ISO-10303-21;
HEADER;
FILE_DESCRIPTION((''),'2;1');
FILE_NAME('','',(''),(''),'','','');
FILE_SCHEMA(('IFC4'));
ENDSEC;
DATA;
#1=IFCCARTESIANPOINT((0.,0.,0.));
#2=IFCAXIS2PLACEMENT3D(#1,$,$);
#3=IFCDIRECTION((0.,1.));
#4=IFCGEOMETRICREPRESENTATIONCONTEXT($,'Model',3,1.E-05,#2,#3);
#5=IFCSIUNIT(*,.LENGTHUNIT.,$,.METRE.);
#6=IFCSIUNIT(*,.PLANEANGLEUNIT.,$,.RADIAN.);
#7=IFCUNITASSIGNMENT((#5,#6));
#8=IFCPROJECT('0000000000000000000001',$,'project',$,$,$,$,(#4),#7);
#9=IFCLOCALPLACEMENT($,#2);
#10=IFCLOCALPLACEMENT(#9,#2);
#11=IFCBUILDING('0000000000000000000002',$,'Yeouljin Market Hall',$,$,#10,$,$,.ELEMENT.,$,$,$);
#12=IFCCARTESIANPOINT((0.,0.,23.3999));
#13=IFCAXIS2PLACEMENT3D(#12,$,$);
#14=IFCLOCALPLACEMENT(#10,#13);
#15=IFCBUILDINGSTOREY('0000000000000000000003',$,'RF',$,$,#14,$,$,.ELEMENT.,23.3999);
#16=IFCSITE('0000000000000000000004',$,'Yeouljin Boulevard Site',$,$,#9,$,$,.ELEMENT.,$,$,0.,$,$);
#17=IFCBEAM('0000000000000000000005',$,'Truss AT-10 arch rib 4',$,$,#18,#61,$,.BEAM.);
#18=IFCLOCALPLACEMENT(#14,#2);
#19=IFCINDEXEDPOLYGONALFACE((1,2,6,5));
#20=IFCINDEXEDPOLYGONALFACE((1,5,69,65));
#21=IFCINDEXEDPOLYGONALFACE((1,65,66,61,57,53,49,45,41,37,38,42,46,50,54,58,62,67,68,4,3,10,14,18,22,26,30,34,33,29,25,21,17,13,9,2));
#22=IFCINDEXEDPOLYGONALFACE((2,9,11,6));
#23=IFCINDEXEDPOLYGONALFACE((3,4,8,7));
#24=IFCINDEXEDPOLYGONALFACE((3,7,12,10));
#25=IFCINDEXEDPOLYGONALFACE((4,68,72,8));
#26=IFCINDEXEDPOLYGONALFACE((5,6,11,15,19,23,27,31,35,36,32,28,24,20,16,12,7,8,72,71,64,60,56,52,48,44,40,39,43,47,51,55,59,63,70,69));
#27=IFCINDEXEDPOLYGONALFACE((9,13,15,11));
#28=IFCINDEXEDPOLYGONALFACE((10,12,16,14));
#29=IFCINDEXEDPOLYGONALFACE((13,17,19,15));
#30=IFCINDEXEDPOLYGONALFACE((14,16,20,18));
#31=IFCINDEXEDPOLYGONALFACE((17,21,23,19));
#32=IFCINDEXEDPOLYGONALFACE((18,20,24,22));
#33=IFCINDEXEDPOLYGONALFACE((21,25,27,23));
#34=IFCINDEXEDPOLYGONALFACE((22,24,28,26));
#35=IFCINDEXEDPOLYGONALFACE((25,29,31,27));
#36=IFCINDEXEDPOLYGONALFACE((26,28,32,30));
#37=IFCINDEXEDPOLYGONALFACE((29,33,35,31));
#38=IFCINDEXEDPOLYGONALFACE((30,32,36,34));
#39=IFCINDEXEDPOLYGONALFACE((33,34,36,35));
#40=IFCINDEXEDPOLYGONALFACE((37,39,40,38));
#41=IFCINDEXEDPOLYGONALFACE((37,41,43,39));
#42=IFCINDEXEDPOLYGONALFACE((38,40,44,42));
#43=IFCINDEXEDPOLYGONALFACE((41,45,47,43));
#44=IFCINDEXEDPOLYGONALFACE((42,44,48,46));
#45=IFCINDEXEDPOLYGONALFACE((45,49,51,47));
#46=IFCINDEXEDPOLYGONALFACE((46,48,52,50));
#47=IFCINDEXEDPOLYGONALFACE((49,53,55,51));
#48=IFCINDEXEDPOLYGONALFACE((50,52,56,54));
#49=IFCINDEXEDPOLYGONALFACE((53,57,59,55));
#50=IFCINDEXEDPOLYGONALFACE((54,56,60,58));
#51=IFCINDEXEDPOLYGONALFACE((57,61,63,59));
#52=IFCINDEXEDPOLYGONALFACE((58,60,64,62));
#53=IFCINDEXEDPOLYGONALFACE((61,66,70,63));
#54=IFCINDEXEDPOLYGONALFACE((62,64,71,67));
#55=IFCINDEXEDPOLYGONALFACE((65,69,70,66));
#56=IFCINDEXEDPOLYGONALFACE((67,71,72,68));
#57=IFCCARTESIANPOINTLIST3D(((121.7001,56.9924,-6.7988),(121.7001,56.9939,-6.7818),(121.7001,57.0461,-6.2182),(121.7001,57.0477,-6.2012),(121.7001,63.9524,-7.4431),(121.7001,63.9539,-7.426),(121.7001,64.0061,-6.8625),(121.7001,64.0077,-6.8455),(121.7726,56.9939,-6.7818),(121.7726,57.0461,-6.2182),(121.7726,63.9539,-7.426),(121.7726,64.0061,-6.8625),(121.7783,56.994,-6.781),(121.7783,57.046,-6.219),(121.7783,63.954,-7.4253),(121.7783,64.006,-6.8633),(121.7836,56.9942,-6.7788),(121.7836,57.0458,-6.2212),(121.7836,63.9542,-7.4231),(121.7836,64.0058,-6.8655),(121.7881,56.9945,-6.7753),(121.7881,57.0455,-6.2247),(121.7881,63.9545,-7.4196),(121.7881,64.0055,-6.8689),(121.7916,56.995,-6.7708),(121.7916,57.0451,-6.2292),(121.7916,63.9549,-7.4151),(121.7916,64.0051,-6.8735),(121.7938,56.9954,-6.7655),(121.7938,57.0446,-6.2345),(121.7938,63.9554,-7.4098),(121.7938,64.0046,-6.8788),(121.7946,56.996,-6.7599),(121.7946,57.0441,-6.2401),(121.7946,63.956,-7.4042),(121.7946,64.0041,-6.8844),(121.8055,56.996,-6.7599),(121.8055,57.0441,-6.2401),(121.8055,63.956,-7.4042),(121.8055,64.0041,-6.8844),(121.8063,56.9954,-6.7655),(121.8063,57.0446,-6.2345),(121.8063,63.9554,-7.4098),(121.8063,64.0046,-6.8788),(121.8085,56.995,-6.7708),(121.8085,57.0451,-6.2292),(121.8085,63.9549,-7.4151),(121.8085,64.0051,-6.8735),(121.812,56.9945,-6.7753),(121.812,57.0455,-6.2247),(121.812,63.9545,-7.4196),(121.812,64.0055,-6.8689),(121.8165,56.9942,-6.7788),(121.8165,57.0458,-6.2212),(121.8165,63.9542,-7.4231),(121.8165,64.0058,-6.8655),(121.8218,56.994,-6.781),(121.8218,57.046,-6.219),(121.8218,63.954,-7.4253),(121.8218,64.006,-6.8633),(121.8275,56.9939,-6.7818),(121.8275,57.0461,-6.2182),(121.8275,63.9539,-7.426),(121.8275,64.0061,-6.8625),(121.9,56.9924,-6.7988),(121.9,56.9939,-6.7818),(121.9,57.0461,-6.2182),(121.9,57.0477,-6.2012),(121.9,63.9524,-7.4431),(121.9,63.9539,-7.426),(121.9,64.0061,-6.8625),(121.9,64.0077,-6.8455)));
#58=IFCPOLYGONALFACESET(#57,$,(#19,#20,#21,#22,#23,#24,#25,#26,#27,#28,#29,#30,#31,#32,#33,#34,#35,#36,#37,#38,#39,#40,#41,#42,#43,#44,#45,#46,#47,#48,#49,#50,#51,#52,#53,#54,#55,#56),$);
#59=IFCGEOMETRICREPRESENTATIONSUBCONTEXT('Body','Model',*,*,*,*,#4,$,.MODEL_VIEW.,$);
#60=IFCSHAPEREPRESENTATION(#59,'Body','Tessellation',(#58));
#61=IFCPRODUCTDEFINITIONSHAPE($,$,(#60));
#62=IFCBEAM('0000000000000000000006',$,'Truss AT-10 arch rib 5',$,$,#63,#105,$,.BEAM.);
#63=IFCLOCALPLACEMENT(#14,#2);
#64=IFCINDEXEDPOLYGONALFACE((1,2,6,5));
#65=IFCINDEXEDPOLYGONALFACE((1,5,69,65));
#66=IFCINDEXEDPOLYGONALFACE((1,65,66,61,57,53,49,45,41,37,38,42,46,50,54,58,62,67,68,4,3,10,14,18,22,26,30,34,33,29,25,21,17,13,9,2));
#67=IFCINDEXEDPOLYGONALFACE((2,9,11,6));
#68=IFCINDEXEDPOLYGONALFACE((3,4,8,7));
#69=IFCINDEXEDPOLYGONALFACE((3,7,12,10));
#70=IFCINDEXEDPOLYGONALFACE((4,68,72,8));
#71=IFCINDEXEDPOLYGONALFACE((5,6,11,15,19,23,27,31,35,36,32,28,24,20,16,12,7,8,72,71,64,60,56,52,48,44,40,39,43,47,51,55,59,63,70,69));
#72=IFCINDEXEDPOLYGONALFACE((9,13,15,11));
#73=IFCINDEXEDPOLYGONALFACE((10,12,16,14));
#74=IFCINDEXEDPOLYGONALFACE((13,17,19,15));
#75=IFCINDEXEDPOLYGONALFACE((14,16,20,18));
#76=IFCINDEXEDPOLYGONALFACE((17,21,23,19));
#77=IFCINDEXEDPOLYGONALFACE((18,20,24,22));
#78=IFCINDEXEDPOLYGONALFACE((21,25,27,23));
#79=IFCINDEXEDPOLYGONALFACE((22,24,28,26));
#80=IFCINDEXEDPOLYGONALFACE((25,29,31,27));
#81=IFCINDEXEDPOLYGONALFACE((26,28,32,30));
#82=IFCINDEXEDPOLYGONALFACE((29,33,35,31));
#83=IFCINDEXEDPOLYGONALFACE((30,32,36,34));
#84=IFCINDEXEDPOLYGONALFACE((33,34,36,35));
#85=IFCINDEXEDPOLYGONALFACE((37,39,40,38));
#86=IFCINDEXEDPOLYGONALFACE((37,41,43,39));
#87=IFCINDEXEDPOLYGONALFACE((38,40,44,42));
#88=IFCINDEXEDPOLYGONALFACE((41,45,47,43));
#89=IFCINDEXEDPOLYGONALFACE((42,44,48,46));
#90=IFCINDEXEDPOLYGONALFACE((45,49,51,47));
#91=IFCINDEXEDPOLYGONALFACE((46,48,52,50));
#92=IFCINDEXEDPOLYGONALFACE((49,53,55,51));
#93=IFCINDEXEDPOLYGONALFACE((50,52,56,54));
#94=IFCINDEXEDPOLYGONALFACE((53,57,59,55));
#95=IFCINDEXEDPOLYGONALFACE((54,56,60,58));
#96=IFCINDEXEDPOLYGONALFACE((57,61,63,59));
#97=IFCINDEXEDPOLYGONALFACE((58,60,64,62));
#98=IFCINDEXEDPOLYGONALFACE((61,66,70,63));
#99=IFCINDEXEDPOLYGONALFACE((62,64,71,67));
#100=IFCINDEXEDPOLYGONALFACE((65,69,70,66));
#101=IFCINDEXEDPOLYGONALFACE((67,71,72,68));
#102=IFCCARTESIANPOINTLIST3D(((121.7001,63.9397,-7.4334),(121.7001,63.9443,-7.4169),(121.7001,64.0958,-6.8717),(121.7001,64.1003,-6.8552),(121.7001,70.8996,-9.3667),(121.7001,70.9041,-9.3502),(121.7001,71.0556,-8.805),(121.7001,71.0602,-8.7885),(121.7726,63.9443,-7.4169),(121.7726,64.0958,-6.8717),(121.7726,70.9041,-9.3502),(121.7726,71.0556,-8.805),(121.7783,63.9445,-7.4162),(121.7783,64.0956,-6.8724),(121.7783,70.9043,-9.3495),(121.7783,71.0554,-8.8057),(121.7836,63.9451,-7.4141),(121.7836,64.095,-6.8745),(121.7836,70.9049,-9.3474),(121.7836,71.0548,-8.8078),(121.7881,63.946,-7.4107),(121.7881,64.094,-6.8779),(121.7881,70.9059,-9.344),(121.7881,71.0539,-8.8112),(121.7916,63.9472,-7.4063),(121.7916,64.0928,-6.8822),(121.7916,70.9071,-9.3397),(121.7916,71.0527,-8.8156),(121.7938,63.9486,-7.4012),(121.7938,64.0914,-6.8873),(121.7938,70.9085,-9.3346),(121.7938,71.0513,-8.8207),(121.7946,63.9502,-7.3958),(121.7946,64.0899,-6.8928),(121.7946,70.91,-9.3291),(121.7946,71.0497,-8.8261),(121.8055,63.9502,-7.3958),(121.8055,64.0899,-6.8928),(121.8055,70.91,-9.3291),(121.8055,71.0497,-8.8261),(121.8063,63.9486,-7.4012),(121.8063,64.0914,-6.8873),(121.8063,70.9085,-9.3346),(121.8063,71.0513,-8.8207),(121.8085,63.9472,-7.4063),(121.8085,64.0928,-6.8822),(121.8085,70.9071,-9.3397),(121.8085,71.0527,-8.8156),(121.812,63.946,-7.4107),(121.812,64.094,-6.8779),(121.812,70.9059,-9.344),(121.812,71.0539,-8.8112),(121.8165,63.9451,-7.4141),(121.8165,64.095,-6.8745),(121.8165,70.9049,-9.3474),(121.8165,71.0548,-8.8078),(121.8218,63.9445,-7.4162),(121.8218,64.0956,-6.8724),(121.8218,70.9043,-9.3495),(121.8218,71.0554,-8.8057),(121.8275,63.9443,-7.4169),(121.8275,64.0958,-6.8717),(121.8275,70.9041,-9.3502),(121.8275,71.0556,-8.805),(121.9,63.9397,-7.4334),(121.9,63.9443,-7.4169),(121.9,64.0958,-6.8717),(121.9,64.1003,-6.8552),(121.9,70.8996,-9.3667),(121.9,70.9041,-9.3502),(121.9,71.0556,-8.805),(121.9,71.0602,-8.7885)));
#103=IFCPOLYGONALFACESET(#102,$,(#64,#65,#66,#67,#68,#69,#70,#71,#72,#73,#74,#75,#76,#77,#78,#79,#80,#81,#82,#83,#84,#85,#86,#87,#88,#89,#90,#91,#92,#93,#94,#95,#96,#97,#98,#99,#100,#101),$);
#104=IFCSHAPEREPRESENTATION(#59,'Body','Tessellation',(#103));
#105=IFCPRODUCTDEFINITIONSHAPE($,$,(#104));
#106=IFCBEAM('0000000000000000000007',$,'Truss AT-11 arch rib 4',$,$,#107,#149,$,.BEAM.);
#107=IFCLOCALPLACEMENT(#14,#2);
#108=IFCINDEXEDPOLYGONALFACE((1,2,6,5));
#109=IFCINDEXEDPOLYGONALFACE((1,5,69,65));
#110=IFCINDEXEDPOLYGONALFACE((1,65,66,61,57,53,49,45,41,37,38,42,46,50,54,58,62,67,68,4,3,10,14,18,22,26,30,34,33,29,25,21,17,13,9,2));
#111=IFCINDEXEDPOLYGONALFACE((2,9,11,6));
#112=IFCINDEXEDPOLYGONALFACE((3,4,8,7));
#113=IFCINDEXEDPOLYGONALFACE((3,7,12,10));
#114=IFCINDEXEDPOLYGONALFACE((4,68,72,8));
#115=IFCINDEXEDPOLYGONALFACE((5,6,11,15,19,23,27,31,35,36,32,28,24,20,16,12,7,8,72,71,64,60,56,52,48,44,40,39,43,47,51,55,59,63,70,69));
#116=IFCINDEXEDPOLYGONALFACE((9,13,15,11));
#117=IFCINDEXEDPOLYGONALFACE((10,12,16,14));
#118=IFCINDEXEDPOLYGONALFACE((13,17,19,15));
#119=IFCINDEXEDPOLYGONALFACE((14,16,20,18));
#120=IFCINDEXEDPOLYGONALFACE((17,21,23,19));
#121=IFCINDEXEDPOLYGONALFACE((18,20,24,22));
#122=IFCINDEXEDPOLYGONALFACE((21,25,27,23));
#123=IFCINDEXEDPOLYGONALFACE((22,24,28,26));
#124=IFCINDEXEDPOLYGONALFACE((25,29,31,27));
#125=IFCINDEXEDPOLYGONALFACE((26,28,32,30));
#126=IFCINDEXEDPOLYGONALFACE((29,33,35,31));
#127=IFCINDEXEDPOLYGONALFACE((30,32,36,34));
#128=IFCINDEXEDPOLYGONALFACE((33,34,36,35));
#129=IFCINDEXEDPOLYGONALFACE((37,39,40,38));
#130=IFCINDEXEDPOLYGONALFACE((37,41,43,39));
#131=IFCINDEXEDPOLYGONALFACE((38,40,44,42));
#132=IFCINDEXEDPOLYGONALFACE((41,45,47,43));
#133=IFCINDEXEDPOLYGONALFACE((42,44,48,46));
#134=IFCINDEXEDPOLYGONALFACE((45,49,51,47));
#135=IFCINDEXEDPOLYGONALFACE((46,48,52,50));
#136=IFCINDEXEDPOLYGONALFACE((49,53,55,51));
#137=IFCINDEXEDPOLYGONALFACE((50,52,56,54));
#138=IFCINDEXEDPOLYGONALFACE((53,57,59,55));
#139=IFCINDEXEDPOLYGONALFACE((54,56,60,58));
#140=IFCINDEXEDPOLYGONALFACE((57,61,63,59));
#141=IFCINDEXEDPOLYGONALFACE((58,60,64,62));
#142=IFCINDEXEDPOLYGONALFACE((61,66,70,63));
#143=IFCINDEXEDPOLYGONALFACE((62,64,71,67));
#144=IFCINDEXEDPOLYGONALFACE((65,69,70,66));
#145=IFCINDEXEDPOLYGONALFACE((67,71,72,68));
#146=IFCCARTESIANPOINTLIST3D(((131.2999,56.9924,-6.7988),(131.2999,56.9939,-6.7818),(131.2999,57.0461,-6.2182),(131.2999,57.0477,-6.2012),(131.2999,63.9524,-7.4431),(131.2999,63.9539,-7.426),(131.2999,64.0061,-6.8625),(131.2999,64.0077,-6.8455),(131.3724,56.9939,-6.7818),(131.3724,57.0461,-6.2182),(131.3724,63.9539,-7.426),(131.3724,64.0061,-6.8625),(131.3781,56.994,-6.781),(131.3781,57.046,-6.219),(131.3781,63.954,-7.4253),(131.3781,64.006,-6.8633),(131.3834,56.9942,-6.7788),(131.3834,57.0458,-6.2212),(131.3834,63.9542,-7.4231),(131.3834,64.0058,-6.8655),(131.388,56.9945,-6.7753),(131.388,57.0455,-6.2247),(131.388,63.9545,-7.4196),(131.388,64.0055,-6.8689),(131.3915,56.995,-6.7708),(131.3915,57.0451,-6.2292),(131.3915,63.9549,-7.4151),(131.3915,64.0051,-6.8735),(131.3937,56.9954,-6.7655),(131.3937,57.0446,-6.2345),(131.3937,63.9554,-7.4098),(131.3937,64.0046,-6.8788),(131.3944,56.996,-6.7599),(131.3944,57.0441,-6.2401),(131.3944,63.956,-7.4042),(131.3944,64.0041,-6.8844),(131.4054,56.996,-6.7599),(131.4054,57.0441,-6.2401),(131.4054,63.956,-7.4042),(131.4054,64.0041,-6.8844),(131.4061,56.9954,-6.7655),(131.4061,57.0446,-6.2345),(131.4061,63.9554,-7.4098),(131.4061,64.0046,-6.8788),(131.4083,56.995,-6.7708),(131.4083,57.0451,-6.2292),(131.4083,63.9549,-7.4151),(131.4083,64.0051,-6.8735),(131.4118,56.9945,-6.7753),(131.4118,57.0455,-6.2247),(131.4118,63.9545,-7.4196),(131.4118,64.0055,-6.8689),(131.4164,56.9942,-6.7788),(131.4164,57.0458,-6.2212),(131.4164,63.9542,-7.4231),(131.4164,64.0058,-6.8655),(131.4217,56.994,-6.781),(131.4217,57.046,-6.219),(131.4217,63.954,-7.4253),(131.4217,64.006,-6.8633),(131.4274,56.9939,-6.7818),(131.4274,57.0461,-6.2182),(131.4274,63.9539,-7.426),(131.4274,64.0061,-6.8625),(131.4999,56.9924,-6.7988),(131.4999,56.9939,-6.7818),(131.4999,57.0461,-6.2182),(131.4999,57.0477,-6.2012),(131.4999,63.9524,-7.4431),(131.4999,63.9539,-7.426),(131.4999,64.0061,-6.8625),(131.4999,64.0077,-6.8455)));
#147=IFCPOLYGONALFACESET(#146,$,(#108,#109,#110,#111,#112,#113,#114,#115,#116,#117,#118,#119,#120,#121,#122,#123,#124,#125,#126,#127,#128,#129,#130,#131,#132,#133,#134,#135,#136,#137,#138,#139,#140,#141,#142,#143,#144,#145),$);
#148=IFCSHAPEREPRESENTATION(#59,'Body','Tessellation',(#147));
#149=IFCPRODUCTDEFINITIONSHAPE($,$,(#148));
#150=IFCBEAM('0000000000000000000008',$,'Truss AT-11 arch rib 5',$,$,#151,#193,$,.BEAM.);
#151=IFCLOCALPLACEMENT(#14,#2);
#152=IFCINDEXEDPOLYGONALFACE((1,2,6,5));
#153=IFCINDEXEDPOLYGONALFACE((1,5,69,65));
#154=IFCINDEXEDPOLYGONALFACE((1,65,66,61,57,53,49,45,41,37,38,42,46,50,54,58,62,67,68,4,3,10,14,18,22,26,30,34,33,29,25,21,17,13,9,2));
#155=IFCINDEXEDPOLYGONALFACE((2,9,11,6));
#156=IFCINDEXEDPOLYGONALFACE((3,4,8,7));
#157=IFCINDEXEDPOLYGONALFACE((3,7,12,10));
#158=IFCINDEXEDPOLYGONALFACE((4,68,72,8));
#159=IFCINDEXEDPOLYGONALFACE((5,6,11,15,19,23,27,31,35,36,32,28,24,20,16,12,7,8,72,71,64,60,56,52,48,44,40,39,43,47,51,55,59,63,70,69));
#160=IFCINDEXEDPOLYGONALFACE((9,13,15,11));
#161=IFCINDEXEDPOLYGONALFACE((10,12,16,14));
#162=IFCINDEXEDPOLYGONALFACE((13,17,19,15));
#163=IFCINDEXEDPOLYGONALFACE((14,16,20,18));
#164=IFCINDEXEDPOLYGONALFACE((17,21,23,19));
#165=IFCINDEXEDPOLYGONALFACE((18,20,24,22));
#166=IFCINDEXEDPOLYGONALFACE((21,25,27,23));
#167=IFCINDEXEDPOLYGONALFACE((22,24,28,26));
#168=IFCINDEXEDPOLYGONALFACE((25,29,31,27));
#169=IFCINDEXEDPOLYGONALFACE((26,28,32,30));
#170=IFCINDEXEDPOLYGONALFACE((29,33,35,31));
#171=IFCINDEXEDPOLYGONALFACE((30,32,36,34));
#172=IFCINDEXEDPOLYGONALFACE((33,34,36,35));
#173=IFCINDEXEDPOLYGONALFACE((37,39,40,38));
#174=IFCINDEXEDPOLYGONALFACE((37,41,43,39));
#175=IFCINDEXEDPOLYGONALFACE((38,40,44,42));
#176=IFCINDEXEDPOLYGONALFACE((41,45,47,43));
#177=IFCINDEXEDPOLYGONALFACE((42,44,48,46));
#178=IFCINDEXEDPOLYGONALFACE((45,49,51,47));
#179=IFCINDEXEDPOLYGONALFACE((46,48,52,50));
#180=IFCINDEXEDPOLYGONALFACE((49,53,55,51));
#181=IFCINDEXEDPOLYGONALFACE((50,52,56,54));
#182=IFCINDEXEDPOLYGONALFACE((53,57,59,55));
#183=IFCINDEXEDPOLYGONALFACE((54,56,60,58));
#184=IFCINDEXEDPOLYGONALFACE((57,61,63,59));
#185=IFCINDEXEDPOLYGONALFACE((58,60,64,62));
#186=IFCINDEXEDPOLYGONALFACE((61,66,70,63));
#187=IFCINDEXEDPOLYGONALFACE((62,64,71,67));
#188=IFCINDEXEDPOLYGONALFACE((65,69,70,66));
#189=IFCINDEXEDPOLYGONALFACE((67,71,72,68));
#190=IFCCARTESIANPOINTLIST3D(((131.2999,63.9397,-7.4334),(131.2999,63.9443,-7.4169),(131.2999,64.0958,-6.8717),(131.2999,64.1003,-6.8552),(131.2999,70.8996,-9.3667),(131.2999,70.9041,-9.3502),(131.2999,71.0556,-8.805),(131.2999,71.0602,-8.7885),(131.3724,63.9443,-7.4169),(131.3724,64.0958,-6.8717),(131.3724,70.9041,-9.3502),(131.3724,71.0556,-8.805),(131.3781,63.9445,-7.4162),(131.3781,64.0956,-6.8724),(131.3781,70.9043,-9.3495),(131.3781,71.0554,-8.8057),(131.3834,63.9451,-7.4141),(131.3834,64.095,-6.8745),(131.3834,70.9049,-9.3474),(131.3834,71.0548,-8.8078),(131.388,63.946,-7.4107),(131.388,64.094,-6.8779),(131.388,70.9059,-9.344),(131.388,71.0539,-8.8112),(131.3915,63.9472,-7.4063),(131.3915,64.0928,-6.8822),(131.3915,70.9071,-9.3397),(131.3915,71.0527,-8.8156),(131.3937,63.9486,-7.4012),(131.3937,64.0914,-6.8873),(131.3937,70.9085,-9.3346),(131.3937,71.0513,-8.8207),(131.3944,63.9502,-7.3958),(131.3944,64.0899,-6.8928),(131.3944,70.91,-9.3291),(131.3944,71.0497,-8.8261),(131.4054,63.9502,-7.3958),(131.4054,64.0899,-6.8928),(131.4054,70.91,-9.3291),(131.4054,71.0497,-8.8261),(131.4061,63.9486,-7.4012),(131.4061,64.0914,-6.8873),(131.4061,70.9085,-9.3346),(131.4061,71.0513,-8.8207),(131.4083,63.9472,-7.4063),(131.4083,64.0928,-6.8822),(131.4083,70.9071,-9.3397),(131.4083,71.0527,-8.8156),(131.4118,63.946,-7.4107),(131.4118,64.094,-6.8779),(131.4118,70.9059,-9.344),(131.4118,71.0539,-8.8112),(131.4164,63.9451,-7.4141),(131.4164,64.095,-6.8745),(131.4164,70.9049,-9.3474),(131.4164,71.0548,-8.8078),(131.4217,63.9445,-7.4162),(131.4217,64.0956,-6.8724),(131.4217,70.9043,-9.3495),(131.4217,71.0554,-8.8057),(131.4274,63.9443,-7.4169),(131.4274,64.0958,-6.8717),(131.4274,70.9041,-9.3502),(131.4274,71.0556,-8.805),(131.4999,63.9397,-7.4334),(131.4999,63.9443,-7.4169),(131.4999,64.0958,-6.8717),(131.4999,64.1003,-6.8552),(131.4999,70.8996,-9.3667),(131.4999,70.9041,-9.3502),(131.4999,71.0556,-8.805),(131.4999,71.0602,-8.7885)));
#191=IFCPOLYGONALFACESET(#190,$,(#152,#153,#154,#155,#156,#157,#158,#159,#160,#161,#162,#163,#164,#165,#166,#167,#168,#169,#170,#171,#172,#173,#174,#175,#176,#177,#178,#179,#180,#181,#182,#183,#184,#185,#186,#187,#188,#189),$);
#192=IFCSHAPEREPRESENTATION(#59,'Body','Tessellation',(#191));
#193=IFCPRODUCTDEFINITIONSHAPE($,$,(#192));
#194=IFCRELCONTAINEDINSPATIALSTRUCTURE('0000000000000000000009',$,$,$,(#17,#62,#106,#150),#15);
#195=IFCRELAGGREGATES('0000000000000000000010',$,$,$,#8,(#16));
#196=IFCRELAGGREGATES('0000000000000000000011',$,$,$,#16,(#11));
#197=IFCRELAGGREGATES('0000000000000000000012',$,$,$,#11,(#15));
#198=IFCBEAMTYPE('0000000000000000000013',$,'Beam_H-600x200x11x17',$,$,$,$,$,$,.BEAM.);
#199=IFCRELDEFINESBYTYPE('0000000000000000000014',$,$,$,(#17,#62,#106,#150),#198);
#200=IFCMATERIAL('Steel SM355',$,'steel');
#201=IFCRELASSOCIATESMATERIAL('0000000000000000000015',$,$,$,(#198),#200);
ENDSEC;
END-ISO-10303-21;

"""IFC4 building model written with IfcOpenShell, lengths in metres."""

from ifc_helpers import new_model, si_unit, direction, frame, origin, origin_2d, place, context, subcontext, project, spatial, i_section, extrude, material, material_profile, profile_set, type_object, element, save


model = new_model("IFC4")

# Units and contexts
model_context = context("Model", 3, precision=1e-05, world=origin(), true_north=direction((0.0, 1.0)))
body_context = subcontext(model_context, "Body", "Model", "MODEL_VIEW")
ifc_project = project(units=[si_unit("LENGTHUNIT", "METRE"), si_unit("PLANEANGLEUNIT", "RADIAN")], contexts=[model_context])

# Site, building, storey
site_placement = place(None, origin())
site = spatial("IfcSite", under=ifc_project, at=site_placement, Name="Yeouljin Boulevard Site", CompositionType="ELEMENT", RefElevation=0.0)
building_placement = place(site_placement, origin())
building = spatial("IfcBuilding", under=site, at=building_placement, Name="Yeouljin Market Hall", CompositionType="ELEMENT")
storey_placement = place(building_placement, frame((0.0, 0.0, 23.3999)))
storey = spatial("IfcBuildingStorey", under=building, at=storey_placement, Name="RF", CompositionType="ELEMENT", Elevation=23.3999)

# Beams
ifc_material_1 = material(Name="Steel SM355", Category="steel")
ifc_material_profile_1 = material_profile(ifc_material_1, i_section(OverallWidth=0.2, OverallDepth=0.6001, WebThickness=0.011, FlangeThickness=0.0171, FilletRadius=0.022, at=origin_2d()), Name="H-600x200x11x17")
ifc_profile_set_1 = profile_set([ifc_material_profile_1], Name="Steel SM355")
beam_type = type_object("IfcBeamType", Name="Beam_H-600x200x11x17", PredefinedType="BEAM", material=ifc_profile_set_1)
beam_1_placement = place(storey_placement, frame((121.8, 57.02, -6.5), z_axis=(0.0, 0.995743, -0.092176), x_axis=(-1.0, 0.0, 0.0)))
element("IfcBeam", 1, at=beam_1_placement, inside=storey, type_object=beam_type, Name="Truss AT-10 arch rib 4", PredefinedType="BEAM", context=body_context, shape_type="SweptSolid", body=[
    extrude(i_section(OverallWidth=0.2, OverallDepth=0.6001, WebThickness=0.011, FlangeThickness=0.0171, FilletRadius=0.022, at=origin_2d()), origin(), (0.0, 0.0, 1.0), 6.9897),
])
beam_2_placement = place(storey_placement, frame((121.8, 64.02, -7.1443), z_axis=(0.0, 0.963517, -0.267647), x_axis=(-1.0, 0.0, 0.0)))
element("IfcBeam", 2, at=beam_2_placement, inside=storey, type_object=beam_type, Name="Truss AT-10 arch rib 5", PredefinedType="BEAM", context=body_context, shape_type="SweptSolid", body=[
    extrude(i_section(OverallWidth=0.2, OverallDepth=0.6001, WebThickness=0.011, FlangeThickness=0.0171, FilletRadius=0.022, at=origin_2d()), origin(), (0.0, 0.0, 1.0), 7.2234),
])
beam_3_placement = place(storey_placement, frame((131.3999, 57.02, -6.5), z_axis=(0.0, 0.995743, -0.092176), x_axis=(-1.0, 0.0, 0.0)))
element("IfcBeam", 3, at=beam_3_placement, inside=storey, type_object=beam_type, Name="Truss AT-11 arch rib 4", PredefinedType="BEAM", context=body_context, shape_type="SweptSolid", body=[
    extrude(i_section(OverallWidth=0.2, OverallDepth=0.6001, WebThickness=0.011, FlangeThickness=0.0171, FilletRadius=0.022, at=origin_2d()), origin(), (0.0, 0.0, 1.0), 6.9897),
])
beam_4_placement = place(storey_placement, frame((131.3999, 64.02, -7.1443), z_axis=(0.0, 0.963517, -0.267647), x_axis=(-1.0, 0.0, 0.0)))
element("IfcBeam", 4, at=beam_4_placement, inside=storey, type_object=beam_type, Name="Truss AT-11 arch rib 5", PredefinedType="BEAM", context=body_context, shape_type="SweptSolid", body=[
    extrude(i_section(OverallWidth=0.2, OverallDepth=0.6001, WebThickness=0.011, FlangeThickness=0.0171, FilletRadius=0.022, at=origin_2d()), origin(), (0.0, 0.0, 1.0), 7.2234),
])

save(model, "model.ifc")
